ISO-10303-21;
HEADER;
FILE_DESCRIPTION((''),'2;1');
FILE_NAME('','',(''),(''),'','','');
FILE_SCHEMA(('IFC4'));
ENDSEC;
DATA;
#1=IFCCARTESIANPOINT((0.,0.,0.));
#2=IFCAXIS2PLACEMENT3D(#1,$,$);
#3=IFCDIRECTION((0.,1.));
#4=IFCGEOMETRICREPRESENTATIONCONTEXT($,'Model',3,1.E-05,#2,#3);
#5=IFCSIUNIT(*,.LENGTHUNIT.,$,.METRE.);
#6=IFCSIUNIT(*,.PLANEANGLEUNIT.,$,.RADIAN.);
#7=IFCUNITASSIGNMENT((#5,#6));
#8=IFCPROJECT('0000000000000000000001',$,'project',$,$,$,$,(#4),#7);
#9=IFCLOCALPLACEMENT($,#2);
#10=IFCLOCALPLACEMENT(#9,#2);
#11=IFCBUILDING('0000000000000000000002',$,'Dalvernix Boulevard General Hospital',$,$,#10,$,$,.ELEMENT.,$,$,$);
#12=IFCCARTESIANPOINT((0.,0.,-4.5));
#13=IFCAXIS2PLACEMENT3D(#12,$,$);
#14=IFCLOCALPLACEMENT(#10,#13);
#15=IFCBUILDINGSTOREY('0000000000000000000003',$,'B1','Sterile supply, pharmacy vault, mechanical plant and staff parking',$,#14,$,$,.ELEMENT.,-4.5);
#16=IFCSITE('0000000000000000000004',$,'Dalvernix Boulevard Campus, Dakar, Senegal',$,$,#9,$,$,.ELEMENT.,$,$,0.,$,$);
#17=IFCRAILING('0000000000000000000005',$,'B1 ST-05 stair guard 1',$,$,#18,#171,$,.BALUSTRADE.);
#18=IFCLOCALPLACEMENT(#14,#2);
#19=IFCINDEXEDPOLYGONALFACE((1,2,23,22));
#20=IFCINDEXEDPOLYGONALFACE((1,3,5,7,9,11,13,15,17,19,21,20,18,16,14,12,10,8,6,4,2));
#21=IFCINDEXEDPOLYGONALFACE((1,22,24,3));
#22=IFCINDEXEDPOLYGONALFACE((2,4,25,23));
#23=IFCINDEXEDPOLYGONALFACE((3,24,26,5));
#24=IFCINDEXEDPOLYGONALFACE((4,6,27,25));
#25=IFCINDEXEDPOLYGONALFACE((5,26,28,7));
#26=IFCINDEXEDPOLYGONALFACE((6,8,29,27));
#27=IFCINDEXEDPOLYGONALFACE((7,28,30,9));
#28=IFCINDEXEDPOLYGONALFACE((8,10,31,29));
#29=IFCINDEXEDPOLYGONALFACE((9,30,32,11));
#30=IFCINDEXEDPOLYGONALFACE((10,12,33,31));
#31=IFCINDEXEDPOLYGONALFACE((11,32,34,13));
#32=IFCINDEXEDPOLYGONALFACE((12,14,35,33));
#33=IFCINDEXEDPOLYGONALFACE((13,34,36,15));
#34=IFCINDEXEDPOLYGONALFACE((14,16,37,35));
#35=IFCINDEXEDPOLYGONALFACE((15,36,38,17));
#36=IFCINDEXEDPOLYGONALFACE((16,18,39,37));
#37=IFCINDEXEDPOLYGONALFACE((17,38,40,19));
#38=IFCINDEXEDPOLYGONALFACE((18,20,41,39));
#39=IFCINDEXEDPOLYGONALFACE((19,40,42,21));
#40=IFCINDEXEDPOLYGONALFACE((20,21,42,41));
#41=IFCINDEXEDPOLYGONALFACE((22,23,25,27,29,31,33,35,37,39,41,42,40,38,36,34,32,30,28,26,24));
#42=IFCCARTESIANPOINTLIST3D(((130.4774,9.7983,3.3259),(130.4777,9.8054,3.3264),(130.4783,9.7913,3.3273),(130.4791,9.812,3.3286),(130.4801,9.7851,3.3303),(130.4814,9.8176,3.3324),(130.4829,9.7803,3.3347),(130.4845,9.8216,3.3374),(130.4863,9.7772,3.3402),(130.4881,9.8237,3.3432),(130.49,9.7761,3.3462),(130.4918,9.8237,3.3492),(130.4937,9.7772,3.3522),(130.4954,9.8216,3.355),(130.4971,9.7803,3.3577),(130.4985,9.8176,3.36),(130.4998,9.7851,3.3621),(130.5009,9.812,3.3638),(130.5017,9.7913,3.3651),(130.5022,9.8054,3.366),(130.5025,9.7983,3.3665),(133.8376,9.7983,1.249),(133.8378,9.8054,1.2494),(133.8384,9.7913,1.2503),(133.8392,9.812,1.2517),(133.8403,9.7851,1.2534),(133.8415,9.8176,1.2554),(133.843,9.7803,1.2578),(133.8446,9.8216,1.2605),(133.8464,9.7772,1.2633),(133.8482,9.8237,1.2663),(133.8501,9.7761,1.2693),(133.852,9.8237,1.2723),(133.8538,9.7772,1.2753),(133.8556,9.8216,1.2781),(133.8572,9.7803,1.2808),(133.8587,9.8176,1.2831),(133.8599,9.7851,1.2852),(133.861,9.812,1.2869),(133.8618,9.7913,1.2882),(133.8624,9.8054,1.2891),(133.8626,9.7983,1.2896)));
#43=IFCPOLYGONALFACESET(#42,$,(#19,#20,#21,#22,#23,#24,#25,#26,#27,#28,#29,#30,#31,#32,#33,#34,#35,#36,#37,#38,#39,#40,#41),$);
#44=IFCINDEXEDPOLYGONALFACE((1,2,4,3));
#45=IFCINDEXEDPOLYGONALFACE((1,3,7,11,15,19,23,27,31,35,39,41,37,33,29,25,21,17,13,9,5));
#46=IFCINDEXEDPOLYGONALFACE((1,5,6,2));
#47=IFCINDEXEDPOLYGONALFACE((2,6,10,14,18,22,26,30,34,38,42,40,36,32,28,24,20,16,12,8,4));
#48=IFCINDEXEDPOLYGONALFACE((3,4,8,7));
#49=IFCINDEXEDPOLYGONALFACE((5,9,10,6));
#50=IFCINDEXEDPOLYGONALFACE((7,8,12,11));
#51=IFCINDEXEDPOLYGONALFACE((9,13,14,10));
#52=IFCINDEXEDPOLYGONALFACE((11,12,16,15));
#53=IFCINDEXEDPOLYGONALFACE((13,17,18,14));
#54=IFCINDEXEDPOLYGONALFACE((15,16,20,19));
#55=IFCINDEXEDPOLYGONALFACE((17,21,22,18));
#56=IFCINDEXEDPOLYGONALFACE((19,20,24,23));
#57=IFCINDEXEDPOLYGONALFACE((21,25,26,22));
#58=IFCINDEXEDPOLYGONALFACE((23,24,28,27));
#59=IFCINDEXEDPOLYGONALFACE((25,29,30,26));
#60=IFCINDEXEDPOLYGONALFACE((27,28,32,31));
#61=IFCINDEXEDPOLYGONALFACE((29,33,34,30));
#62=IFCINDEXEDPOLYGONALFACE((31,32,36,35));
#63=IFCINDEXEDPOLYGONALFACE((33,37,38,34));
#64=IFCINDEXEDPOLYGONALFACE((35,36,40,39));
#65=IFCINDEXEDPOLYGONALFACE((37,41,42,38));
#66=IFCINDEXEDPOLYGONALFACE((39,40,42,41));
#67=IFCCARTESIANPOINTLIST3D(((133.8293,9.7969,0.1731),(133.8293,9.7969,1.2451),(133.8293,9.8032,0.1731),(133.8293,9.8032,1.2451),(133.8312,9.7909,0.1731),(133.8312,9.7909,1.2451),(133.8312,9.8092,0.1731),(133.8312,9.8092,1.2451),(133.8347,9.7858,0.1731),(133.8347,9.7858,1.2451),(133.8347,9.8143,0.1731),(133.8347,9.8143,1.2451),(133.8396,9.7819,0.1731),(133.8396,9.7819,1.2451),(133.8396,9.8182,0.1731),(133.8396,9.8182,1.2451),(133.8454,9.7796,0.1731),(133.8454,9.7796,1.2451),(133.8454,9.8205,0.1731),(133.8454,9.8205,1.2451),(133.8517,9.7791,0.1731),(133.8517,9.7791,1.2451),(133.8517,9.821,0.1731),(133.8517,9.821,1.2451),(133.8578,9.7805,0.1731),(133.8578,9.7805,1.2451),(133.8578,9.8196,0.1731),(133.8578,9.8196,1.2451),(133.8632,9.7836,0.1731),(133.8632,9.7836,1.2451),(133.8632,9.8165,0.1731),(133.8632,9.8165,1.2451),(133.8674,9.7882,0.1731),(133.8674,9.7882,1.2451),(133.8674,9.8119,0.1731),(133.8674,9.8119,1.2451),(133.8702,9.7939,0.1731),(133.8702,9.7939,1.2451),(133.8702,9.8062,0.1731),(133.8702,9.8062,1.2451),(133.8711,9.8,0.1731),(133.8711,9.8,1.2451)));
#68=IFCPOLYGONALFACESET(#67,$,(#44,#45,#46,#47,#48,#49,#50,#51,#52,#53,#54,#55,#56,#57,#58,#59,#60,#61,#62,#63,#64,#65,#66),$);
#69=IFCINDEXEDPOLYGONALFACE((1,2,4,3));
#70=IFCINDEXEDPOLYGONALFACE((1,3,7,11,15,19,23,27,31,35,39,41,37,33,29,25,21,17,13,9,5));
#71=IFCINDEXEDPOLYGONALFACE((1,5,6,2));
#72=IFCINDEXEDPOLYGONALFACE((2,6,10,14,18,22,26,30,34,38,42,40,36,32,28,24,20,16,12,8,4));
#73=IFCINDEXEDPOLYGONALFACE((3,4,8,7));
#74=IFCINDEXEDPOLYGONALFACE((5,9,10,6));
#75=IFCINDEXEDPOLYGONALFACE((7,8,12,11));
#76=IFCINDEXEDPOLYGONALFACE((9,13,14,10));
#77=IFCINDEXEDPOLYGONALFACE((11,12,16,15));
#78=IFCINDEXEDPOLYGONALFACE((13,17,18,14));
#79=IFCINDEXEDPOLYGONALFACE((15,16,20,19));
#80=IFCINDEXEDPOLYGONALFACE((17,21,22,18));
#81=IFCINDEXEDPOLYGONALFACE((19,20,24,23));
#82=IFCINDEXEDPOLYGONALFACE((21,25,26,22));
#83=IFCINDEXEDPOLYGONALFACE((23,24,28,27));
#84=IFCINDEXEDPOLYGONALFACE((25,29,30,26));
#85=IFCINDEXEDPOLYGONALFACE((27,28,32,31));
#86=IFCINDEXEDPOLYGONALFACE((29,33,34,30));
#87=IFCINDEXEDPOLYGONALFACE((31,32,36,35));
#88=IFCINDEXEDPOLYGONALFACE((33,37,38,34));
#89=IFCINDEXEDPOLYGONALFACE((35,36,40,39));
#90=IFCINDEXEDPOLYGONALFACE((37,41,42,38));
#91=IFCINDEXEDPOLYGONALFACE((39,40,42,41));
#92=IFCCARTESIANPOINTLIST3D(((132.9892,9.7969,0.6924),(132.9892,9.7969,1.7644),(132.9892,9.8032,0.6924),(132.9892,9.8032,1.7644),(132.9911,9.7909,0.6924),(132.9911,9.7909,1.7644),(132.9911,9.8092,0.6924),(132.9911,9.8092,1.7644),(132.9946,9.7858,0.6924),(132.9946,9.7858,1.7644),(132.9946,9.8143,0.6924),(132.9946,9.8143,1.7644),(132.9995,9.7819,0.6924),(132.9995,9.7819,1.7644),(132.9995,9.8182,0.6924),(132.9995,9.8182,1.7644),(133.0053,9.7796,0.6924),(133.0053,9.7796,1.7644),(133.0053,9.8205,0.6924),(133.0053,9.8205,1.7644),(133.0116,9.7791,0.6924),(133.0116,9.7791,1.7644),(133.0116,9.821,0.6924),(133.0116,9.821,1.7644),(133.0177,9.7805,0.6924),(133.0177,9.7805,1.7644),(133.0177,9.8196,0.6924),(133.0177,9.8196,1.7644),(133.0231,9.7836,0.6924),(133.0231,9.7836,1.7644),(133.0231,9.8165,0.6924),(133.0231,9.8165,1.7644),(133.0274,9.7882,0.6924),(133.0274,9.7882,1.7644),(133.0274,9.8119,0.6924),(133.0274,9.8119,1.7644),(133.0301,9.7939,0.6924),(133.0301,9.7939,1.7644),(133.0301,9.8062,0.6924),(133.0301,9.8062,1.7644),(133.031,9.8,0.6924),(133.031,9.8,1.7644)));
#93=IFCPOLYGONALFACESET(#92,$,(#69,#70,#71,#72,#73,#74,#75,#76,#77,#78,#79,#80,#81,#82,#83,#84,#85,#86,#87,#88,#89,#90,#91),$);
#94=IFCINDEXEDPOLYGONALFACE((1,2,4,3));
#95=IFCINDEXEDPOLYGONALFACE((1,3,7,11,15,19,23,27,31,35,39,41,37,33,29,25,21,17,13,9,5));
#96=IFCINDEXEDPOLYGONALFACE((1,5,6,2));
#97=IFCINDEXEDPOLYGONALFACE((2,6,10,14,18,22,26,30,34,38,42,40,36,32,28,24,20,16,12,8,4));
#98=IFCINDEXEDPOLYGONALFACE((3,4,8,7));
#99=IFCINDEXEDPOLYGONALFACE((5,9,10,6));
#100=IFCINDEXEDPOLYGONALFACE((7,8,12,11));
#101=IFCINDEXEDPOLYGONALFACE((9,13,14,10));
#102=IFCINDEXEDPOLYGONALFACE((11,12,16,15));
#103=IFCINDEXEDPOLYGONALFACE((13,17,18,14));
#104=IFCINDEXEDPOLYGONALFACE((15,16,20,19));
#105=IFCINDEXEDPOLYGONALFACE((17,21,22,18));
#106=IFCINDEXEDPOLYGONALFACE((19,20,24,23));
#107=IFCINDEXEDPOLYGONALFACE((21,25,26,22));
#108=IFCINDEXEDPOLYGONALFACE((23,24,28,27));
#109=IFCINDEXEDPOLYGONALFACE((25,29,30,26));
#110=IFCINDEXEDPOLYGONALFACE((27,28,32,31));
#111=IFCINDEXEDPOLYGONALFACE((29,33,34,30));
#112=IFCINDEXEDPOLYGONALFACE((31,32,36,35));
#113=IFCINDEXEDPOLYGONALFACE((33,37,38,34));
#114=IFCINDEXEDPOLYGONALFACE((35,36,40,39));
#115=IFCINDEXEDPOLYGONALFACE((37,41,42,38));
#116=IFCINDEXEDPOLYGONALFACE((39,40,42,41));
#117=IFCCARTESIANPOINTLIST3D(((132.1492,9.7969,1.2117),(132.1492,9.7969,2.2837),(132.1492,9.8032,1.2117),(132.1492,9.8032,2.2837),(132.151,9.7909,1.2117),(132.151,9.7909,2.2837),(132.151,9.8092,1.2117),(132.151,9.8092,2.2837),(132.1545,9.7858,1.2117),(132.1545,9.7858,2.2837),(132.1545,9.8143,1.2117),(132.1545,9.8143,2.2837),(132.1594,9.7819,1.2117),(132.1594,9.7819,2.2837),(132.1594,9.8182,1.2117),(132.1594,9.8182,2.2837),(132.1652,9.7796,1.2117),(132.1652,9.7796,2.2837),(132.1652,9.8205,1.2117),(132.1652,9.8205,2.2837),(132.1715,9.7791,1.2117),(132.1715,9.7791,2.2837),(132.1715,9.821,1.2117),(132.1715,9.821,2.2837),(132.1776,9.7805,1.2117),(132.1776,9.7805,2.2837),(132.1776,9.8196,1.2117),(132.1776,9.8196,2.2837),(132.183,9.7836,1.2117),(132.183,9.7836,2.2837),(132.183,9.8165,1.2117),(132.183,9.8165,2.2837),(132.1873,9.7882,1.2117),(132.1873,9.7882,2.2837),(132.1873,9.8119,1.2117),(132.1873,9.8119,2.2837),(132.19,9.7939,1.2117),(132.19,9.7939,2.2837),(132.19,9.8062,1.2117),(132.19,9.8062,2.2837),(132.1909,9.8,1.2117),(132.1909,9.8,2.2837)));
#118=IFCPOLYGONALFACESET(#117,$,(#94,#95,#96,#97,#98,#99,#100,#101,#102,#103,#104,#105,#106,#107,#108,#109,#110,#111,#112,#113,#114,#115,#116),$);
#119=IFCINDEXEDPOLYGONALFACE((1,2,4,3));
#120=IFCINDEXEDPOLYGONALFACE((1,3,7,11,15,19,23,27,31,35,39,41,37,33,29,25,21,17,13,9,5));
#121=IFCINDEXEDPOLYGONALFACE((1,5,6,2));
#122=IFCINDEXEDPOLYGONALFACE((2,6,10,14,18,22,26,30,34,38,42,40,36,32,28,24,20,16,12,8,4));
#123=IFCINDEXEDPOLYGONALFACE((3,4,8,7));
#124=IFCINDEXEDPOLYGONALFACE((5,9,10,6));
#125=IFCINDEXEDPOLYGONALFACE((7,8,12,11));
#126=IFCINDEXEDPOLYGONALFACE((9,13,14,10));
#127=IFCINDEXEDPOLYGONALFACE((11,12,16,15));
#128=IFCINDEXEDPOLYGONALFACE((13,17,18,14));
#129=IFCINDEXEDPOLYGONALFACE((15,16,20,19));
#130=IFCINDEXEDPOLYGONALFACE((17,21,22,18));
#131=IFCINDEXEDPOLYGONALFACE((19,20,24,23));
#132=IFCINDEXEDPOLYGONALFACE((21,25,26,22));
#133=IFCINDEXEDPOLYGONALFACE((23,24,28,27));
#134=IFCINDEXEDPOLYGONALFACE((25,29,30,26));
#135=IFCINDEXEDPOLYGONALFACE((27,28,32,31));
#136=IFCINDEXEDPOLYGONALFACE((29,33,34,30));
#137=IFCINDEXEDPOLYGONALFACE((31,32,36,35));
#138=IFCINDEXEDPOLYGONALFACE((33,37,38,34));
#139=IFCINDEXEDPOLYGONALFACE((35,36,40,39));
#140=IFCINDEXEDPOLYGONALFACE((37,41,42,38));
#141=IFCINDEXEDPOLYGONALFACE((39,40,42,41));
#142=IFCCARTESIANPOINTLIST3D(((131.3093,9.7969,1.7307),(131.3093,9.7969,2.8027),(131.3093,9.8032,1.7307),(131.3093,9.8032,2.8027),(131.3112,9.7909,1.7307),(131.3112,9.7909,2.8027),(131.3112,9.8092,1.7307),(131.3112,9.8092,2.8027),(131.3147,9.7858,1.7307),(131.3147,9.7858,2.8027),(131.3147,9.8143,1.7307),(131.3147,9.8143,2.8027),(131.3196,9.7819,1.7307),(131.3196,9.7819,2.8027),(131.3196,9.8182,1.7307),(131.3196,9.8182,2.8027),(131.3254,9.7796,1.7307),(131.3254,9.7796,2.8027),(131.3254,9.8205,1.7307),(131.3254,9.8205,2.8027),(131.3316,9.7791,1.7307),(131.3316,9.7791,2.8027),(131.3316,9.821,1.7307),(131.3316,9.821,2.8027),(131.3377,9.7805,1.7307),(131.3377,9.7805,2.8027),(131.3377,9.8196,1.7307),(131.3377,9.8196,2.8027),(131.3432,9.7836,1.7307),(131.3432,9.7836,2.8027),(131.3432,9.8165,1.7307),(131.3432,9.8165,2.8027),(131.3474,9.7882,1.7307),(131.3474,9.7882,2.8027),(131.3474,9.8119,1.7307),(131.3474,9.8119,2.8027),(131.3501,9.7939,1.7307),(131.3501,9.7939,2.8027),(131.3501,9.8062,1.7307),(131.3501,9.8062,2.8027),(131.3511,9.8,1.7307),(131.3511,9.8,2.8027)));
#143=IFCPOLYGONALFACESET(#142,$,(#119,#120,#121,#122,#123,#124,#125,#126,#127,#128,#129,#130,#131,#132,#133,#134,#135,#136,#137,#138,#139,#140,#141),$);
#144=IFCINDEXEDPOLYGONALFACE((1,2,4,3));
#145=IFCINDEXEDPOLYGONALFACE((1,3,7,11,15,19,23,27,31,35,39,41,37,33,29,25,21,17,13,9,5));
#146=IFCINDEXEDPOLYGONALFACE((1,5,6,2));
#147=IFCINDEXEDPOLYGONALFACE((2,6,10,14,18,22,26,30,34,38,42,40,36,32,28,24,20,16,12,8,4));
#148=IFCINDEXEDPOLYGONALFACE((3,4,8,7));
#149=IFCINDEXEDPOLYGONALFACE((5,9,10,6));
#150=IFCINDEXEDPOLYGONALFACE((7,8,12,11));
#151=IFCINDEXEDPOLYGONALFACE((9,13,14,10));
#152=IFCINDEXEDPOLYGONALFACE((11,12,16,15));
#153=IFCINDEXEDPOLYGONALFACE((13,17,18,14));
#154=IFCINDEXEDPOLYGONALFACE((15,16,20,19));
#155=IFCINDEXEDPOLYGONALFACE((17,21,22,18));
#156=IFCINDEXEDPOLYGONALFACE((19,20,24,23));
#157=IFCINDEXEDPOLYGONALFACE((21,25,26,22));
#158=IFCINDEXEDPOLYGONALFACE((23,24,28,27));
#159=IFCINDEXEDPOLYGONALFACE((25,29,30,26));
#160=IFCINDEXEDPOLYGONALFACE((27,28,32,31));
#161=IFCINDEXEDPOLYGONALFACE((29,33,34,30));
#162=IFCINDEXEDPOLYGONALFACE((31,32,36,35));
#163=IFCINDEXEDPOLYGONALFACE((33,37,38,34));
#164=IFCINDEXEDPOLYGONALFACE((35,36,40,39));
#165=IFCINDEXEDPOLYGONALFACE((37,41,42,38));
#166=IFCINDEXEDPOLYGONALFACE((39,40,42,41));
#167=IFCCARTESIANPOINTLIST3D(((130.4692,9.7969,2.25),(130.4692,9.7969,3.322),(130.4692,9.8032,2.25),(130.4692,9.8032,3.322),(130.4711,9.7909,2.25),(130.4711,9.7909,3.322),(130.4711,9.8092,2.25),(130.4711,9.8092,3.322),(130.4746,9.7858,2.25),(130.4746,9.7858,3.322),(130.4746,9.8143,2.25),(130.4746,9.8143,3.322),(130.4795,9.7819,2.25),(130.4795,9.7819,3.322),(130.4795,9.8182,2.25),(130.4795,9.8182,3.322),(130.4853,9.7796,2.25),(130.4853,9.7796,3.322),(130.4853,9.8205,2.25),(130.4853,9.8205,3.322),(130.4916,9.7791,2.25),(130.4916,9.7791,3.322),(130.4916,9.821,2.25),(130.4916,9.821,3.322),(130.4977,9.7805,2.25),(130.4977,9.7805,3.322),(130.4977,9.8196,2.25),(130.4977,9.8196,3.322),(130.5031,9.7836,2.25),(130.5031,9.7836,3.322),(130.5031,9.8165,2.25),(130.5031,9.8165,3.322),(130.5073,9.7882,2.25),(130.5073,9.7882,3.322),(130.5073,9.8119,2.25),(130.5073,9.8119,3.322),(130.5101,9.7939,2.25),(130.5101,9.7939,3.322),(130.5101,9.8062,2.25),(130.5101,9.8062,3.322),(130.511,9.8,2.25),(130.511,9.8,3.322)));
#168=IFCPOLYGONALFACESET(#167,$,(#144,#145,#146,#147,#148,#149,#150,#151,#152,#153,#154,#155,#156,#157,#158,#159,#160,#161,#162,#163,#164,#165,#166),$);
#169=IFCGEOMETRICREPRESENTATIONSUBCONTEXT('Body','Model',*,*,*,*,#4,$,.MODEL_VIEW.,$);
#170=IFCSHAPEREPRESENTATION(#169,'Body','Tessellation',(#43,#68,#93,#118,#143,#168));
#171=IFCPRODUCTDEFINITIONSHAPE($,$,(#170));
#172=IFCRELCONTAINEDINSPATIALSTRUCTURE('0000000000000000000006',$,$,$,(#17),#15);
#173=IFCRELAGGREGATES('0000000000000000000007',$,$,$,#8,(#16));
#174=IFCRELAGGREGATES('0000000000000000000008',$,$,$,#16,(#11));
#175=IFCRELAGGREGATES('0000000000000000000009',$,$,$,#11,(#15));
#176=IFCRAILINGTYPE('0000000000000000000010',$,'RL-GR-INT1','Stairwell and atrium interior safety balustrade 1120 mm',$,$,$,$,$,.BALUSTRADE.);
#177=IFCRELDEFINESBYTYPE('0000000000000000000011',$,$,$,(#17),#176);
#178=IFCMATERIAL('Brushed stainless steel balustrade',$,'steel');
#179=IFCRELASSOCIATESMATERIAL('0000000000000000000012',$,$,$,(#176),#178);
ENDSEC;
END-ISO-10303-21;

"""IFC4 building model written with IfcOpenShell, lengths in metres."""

from ifc_helpers import new_model, si_unit, direction, frame, origin, origin_2d, place, context, subcontext, project, spatial, circle, extrude, material, type_object, element, save


model = new_model("IFC4")

# Units and contexts
model_context = context("Model", 3, precision=1e-05, world=origin(), true_north=direction((0.0, 1.0)))
body_context = subcontext(model_context, "Body", "Model", "MODEL_VIEW")
ifc_project = project(units=[si_unit("LENGTHUNIT", "METRE"), si_unit("PLANEANGLEUNIT", "RADIAN")], contexts=[model_context])

# Site, building, storey
site_placement = place(None, origin())
site = spatial("IfcSite", under=ifc_project, at=site_placement, Name="Dalvernix Boulevard Campus, Dakar, Senegal", CompositionType="ELEMENT", RefElevation=0.0)
building_placement = place(site_placement, origin())
building = spatial("IfcBuilding", under=site, at=building_placement, Name="Dalvernix Boulevard General Hospital", CompositionType="ELEMENT")
storey_placement = place(building_placement, frame((0.0, 0.0, -4.5)))
storey = spatial("IfcBuildingStorey", under=building, at=storey_placement, Name="B1", Description="Sterile supply, pharmacy vault, mechanical plant and staff parking", CompositionType="ELEMENT", Elevation=-4.5)

# Railing
ifc_material_1 = material(Name="Brushed stainless steel balustrade", Category="steel")
railing_type_1 = type_object("IfcRailingType", Name="RL-GR-INT1", Description="Stairwell and atrium interior safety balustrade 1120 mm", PredefinedType="BALUSTRADE", material=ifc_material_1)
railing_1_placement = place(storey_placement, frame((133.8501, 9.8, 0.1731)))
element("IfcRailing", 1, at=railing_1_placement, inside=storey, type_object=railing_type_1, Name="B1 ST-05 stair guard 1", PredefinedType="BALUSTRADE", context=body_context, shape_type="SweptSolid", body=[
    extrude(circle(Radius=0.0239, at=origin_2d()), frame((0.0, 0.0, 1.0962), z_axis=(-0.850623, 0.0, 0.525776), x_axis=(0.0, -1.0, 0.0)), (0.0, 0.0, 1.0), 3.9502),
    extrude(circle(Radius=0.021, at=origin_2d()), origin(), (0.0, 0.0, 1.0), 1.072),
    extrude(circle(Radius=0.021, at=origin_2d()), frame((-0.8401, 0.0, 0.5193)), (0.0, 0.0, 1.0), 1.072),
    extrude(circle(Radius=0.021, at=origin_2d()), frame((-1.6802, 0.0, 1.0386)), (0.0, 0.0, 1.0), 1.072),
    extrude(circle(Radius=0.021, at=origin_2d()), frame((-2.52, 0.0, 1.5576)), (0.0, 0.0, 1.0), 1.072),
    extrude(circle(Radius=0.021, at=origin_2d()), frame((-3.3601, 0.0, 2.0769)), (0.0, 0.0, 1.0), 1.072),
])

save(model, "model.ifc")
